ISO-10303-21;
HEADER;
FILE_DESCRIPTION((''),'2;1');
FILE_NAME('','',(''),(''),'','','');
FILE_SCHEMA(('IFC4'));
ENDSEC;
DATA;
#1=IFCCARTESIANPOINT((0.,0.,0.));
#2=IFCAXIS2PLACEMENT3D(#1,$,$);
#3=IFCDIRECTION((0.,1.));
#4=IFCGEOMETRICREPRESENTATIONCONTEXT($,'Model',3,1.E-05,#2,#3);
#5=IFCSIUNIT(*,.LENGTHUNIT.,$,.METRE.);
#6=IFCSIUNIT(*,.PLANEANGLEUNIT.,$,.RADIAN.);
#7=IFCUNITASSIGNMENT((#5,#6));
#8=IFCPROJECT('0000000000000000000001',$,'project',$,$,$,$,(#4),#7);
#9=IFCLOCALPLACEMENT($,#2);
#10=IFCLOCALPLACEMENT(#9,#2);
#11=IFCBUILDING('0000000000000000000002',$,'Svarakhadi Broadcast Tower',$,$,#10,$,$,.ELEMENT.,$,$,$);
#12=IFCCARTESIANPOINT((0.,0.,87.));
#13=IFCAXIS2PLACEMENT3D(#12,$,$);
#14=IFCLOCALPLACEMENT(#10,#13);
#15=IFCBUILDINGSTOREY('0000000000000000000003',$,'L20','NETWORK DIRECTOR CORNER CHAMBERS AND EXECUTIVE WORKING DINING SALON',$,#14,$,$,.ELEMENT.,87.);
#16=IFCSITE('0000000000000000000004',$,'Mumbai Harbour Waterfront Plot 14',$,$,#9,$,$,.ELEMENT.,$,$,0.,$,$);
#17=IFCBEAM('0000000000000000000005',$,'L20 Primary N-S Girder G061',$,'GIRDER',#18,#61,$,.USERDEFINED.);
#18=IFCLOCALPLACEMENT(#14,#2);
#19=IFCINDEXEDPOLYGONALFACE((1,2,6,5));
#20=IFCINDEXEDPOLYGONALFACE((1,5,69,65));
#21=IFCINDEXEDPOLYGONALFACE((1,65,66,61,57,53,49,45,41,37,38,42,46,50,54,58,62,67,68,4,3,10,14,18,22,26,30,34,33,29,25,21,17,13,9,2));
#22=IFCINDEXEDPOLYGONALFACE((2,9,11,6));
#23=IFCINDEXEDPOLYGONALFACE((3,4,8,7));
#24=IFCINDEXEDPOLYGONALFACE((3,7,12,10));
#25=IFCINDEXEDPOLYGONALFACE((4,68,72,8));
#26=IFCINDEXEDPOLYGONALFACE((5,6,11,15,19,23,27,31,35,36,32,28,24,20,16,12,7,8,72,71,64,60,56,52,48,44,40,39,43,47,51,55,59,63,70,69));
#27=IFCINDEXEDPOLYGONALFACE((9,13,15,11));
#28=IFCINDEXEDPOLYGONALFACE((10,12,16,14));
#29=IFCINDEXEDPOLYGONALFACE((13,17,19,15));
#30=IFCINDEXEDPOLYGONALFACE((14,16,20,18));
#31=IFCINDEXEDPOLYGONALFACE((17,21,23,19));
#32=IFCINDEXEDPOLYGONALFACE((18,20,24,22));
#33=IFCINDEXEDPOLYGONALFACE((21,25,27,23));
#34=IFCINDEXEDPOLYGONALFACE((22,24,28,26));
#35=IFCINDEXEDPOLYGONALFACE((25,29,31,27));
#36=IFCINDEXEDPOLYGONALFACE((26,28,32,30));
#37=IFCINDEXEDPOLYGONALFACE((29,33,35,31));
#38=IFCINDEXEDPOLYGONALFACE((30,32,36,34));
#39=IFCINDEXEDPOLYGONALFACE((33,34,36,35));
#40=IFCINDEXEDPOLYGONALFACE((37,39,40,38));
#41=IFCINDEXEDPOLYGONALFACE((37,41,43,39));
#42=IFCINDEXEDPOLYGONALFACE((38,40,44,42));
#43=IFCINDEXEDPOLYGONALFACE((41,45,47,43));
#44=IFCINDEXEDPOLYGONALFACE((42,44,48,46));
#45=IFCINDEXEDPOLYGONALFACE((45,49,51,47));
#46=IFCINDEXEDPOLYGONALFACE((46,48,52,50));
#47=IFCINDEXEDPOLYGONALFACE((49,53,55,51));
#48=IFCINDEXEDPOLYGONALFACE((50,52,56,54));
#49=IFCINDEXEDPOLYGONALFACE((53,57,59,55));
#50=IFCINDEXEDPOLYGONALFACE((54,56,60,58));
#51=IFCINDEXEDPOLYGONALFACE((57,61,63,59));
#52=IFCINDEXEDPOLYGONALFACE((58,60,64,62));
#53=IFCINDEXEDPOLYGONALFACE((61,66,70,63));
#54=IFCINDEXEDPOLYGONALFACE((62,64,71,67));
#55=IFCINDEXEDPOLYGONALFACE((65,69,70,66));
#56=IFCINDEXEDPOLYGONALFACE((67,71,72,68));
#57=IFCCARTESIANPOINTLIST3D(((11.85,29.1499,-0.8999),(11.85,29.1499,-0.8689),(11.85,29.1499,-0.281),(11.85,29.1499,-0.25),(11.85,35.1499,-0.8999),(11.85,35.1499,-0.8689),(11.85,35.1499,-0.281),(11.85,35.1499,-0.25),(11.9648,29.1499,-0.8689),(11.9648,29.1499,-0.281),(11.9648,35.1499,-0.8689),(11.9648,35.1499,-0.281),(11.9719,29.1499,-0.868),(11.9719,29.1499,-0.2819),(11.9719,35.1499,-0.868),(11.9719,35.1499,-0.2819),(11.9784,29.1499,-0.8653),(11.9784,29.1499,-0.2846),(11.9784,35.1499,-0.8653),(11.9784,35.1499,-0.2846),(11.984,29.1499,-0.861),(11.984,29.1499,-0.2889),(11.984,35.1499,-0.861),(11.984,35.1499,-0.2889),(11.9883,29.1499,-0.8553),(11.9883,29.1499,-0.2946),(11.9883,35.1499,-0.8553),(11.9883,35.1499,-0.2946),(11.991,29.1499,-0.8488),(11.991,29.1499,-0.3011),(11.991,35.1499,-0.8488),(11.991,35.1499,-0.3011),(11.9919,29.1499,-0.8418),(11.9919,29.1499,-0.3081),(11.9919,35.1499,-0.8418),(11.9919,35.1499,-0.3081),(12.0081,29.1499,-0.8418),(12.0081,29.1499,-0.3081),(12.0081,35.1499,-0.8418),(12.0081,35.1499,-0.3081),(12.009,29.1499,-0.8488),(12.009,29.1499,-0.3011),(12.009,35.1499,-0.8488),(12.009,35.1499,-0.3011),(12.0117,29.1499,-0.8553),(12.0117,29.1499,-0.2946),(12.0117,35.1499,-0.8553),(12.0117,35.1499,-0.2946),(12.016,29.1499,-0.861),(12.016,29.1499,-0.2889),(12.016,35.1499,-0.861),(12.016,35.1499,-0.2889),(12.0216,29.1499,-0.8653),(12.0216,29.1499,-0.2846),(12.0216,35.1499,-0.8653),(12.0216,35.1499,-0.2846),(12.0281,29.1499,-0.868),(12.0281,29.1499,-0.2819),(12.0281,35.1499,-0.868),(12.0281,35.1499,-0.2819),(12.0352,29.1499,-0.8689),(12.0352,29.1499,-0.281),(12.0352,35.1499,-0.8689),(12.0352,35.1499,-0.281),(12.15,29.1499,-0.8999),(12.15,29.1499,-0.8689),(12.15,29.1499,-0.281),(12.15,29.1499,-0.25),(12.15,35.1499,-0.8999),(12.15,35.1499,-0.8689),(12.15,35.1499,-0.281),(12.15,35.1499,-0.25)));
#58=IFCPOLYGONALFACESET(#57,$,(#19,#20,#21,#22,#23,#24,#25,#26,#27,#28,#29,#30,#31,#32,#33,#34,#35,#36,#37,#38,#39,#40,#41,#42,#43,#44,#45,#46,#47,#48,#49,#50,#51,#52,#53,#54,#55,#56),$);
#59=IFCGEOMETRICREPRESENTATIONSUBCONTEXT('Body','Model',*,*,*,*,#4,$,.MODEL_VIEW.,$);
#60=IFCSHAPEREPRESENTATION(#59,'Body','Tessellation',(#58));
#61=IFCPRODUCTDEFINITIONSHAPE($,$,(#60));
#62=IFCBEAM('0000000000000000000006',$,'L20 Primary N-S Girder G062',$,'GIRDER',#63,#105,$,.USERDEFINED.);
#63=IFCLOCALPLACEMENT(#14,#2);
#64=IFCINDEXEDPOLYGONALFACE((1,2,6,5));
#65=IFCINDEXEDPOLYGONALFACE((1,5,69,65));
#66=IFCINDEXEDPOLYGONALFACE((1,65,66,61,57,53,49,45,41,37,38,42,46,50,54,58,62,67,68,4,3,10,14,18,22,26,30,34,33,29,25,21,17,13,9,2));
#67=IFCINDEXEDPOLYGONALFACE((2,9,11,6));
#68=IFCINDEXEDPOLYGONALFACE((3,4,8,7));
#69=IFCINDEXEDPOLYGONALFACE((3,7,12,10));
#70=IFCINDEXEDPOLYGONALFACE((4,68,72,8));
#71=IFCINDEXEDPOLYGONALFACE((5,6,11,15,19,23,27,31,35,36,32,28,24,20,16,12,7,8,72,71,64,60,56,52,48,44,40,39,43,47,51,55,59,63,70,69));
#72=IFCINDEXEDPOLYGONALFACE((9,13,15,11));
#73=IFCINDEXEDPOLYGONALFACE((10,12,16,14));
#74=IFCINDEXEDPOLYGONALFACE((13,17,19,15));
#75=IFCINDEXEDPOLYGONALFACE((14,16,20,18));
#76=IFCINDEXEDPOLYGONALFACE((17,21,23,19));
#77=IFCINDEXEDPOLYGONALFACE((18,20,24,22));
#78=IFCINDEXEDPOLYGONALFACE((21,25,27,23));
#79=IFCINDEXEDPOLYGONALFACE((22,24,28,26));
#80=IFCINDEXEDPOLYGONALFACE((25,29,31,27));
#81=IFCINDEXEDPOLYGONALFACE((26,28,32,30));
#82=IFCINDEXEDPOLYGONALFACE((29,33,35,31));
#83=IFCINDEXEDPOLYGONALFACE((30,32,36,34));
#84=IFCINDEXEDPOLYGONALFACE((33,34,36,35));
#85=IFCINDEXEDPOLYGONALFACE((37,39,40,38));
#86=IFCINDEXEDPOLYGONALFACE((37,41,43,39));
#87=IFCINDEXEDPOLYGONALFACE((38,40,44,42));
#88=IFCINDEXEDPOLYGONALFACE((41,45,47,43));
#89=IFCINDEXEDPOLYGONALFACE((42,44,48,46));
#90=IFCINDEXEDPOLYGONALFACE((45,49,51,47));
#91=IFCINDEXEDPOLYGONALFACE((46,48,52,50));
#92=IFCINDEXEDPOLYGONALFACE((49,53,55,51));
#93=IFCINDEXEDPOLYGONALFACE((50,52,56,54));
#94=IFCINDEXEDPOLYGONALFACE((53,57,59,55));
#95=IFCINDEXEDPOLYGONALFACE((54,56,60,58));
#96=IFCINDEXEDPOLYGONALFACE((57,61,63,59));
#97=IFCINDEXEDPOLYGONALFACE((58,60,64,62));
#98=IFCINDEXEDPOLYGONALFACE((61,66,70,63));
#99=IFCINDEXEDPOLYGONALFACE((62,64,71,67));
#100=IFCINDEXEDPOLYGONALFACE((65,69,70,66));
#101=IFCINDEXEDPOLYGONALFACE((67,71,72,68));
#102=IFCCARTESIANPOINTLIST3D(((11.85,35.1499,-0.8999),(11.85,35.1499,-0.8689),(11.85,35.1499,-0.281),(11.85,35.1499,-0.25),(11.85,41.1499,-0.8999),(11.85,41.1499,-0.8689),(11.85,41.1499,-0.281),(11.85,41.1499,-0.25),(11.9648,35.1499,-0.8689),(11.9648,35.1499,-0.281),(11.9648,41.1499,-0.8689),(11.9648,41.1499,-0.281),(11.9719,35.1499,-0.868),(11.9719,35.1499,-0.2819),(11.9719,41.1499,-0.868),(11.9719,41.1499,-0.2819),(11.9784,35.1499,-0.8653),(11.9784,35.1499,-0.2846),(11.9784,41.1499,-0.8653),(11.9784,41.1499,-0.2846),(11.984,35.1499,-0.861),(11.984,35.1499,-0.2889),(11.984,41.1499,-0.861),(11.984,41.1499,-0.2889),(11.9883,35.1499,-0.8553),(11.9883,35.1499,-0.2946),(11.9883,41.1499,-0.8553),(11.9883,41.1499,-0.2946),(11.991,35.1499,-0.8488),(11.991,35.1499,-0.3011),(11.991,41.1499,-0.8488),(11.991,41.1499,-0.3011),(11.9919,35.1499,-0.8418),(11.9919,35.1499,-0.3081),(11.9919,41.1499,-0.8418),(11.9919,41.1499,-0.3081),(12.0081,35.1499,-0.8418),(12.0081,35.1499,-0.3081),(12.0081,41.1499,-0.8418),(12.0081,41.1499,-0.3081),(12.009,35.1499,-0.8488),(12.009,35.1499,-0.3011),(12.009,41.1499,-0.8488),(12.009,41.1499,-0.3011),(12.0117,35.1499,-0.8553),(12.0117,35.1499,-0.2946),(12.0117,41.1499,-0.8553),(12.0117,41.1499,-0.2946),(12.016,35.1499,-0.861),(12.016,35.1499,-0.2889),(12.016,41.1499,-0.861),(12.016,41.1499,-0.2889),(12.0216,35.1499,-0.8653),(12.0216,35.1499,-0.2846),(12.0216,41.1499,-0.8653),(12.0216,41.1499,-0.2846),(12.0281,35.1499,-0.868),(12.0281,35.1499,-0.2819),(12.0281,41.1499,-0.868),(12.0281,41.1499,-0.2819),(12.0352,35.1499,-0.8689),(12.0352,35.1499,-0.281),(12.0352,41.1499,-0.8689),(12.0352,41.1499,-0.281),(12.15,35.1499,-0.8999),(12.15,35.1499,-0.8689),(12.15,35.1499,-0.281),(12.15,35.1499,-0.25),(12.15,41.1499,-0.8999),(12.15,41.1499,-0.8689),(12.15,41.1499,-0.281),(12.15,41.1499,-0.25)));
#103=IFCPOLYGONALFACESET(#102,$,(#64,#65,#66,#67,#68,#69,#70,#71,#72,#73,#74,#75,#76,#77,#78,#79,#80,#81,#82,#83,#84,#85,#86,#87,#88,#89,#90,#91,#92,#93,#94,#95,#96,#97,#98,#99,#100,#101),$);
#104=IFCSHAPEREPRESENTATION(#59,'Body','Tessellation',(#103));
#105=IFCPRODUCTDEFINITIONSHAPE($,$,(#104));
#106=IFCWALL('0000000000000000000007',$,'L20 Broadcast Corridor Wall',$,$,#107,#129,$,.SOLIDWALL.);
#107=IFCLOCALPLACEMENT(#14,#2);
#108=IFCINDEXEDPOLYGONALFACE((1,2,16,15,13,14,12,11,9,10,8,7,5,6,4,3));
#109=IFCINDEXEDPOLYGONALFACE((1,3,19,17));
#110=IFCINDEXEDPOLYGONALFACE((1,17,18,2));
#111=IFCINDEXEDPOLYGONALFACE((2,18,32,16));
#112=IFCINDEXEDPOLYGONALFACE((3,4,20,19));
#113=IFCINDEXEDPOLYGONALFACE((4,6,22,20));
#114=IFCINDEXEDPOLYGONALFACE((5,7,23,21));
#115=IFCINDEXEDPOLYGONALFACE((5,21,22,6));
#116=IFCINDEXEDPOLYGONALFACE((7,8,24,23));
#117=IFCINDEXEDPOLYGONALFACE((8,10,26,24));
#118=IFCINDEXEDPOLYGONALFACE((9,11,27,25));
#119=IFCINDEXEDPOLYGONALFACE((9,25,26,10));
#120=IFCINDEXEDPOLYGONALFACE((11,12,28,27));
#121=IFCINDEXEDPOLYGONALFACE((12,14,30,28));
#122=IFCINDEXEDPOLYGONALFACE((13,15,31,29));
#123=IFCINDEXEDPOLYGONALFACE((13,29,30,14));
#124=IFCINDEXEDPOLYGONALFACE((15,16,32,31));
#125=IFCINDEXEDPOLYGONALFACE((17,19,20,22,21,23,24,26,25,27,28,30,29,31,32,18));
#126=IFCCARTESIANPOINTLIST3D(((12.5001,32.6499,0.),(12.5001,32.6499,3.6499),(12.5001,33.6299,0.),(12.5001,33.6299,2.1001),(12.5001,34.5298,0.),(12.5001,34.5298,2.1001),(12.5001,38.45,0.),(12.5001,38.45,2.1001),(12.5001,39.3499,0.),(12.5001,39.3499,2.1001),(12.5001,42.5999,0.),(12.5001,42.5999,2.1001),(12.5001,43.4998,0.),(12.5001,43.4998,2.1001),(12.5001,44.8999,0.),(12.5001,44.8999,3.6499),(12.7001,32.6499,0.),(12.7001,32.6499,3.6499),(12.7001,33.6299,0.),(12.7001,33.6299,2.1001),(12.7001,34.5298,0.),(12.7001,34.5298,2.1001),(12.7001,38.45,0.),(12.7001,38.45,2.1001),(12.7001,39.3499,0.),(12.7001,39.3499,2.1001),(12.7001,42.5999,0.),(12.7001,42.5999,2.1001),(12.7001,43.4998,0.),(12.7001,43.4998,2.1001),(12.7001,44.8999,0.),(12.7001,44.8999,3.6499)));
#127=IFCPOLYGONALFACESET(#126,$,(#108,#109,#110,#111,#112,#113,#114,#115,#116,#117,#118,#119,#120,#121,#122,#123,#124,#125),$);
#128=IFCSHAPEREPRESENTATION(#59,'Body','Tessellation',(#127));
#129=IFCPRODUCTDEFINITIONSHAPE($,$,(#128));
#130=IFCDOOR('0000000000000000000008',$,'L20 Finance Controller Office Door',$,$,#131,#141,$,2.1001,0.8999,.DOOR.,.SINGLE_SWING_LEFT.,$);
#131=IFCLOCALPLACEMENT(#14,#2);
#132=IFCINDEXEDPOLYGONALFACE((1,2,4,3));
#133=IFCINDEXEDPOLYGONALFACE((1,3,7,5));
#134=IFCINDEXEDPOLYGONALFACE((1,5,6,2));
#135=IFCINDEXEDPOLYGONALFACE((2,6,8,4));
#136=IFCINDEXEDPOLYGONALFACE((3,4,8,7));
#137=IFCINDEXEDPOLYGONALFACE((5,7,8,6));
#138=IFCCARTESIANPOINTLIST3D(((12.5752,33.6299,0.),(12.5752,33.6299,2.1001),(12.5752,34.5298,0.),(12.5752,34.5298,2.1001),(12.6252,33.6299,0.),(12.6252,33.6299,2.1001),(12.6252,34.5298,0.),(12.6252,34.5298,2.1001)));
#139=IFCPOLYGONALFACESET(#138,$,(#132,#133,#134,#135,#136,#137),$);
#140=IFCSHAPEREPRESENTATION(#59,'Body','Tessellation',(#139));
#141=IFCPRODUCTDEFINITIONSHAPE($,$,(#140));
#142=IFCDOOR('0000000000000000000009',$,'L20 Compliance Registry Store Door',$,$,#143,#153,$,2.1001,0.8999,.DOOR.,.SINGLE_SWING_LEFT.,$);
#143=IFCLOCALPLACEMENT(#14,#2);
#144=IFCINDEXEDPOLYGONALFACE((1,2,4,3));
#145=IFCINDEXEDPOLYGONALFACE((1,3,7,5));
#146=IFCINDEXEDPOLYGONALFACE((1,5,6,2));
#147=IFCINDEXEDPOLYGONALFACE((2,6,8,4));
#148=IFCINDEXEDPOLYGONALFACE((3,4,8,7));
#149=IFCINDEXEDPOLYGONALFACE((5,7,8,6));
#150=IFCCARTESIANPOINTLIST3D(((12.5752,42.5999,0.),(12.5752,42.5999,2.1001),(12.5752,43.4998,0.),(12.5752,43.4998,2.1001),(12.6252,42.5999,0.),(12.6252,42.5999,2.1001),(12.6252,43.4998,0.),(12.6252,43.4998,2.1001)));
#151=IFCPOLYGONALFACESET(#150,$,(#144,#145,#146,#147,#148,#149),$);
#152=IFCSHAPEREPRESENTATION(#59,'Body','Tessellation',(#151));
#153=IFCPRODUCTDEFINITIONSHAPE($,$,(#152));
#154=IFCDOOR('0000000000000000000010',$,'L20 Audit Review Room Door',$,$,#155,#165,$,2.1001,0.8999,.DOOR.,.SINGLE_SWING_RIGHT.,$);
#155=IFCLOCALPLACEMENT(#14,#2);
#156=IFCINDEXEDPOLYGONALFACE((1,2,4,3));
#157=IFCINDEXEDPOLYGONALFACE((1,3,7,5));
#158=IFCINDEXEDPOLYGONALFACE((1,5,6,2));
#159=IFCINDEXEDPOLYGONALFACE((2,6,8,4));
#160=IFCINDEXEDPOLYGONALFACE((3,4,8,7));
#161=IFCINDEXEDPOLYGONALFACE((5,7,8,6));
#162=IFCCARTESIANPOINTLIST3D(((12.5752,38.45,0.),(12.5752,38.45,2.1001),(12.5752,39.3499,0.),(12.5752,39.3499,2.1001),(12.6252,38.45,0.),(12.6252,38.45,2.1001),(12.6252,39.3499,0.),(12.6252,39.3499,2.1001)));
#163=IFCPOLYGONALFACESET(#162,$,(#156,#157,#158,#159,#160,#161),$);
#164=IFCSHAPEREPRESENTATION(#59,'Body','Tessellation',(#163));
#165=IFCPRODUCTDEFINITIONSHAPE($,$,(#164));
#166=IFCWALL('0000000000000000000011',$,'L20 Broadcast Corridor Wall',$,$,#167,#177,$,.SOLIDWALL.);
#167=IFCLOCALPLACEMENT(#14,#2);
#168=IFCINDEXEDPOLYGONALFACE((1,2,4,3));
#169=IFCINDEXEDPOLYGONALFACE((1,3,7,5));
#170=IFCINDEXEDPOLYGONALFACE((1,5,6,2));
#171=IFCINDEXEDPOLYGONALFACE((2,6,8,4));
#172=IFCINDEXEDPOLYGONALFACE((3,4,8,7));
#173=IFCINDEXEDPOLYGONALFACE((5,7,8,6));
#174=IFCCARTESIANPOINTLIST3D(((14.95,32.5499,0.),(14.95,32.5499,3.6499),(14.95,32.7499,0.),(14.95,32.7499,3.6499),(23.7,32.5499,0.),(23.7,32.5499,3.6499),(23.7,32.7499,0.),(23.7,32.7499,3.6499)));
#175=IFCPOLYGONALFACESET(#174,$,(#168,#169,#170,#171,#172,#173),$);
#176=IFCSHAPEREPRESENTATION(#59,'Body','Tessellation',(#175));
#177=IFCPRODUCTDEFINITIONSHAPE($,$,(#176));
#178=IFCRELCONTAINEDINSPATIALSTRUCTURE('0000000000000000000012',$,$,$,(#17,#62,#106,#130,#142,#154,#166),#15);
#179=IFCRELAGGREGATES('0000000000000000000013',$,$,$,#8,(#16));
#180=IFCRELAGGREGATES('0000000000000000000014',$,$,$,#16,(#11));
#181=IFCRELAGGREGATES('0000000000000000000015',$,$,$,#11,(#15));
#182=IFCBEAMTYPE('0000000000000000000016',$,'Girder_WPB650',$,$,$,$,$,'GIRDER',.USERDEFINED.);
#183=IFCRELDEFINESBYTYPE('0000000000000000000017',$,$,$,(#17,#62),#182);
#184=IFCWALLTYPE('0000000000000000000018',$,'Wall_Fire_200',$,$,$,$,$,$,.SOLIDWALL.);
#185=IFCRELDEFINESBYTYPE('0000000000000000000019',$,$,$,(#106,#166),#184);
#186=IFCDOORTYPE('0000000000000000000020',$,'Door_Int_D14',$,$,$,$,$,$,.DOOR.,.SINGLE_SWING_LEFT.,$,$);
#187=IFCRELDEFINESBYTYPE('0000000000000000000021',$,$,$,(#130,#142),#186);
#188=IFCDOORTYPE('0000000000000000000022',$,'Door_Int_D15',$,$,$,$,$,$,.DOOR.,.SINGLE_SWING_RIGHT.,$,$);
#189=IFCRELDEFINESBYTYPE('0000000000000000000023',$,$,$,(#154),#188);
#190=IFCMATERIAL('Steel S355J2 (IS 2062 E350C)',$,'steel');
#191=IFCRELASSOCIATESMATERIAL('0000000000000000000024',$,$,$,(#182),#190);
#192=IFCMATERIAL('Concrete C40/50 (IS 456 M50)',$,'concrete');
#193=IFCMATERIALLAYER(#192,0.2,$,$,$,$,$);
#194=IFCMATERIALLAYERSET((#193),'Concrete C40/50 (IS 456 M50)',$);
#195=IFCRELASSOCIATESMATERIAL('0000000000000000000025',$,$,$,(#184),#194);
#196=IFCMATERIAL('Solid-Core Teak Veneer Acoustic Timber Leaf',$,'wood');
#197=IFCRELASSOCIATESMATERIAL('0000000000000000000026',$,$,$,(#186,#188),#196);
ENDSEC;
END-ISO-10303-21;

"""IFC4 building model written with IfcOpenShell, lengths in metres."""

from ifc_helpers import new_model, si_unit, direction, frame, frame_2d, origin, origin_2d, place, context, subcontext, project, spatial, rectangle, i_section, extrude, material, layer, layer_set, material_profile, profile_set, type_object, element, fill, save


model = new_model("IFC4")

# Units and contexts
model_context = context("Model", 3, precision=1e-05, world=origin(), true_north=direction((0.0, 1.0)))
body_context = subcontext(model_context, "Body", "Model", "MODEL_VIEW")
ifc_project = project(units=[si_unit("LENGTHUNIT", "METRE"), si_unit("PLANEANGLEUNIT", "RADIAN")], contexts=[model_context])

# Site, building, storey
site_placement = place(None, origin())
site = spatial("IfcSite", under=ifc_project, at=site_placement, Name="Mumbai Harbour Waterfront Plot 14", CompositionType="ELEMENT", RefElevation=0.0)
building_placement = place(site_placement, origin())
building = spatial("IfcBuilding", under=site, at=building_placement, Name="Svarakhadi Broadcast Tower", CompositionType="ELEMENT")
storey_placement = place(building_placement, frame((0.0, 0.0, 87.0)))
storey = spatial("IfcBuildingStorey", under=building, at=storey_placement, Name="L20", Description="NETWORK DIRECTOR CORNER CHAMBERS AND EXECUTIVE WORKING DINING SALON", CompositionType="ELEMENT", Elevation=87.0)

# Beams
ifc_material_1 = material(Name="Steel S355J2 (IS 2062 E350C)", Category="steel")
ifc_material_profile_1 = material_profile(ifc_material_1, i_section(OverallWidth=0.3, OverallDepth=0.6499, WebThickness=0.0161, FlangeThickness=0.031, FilletRadius=0.0271, at=origin_2d()), Name="WPB 650x300x225")
ifc_profile_set_1 = profile_set([ifc_material_profile_1], Name="Steel S355J2 (IS 2062 E350C)")
beam_type_1 = type_object("IfcBeamType", Name="Girder_WPB650", ElementType="GIRDER", PredefinedType="USERDEFINED", material=ifc_profile_set_1)
for number, where, z_axis, x_axis, name in (
    (1, (12.0, 29.1499, -0.575), (0.0, 1.0, 0.0), (-1.0, 0.0, 0.0), "L20 Primary N-S Girder G061"),
    (2, (12.0, 35.1499, -0.575), (0.0, 1.0, 0.0), (-1.0, 0.0, 0.0), "L20 Primary N-S Girder G062"),
):
    element("IfcBeam", number, at=place(storey_placement, frame(where, z_axis=z_axis, x_axis=x_axis)), inside=storey, type_object=beam_type_1, Name=name, ObjectType="GIRDER", PredefinedType="USERDEFINED", context=body_context, shape_type="SweptSolid", body=[
        extrude(i_section(OverallWidth=0.3, OverallDepth=0.6499, WebThickness=0.0161, FlangeThickness=0.031, FilletRadius=0.0271, at=origin_2d()), origin(), (0.0, 0.0, 1.0), 6.0),
    ])

# Wall, openings, doors
ifc_material_2 = material(Name="Concrete C40/50 (IS 456 M50)", Category="concrete")
ifc_layer_1 = layer(ifc_material_2, 0.2)
ifc_layer_set_1 = layer_set([ifc_layer_1], Name="Concrete C40/50 (IS 456 M50)")
wall_type_1 = type_object("IfcWallType", Name="Wall_Fire_200", PredefinedType="SOLIDWALL", material=ifc_layer_set_1)
wall_1_placement = place(storey_placement, frame((12.6001, 32.6499, 0.0), z_axis=(0.0, 0.0, 1.0), x_axis=(0.0, 1.0, 0.0)))
wall_1 = element("IfcWall", 3, at=wall_1_placement, inside=storey, type_object=wall_type_1, Name="L20 Broadcast Corridor Wall", PredefinedType="SOLIDWALL", context=body_context, shape_type="SweptSolid", body=[
    extrude(rectangle(XDim=12.25, YDim=0.2, at=frame_2d((6.125, 0.0))), origin(), (0.0, 0.0, 1.0), 3.6499),
])
opening_1_placement = place(wall_1_placement, frame((0.98, 0.0, 0.0)))
opening_1 = element("IfcOpeningElement", 4, at=opening_1_placement, cuts=wall_1, PredefinedType="OPENING", context=body_context, shape_type="SweptSolid", body=[
    extrude(rectangle(XDim=0.8999, YDim=2.1001, at=frame_2d((0.45, 1.05))), frame((0.0, 0.1099, 0.0), z_axis=(0.0, -1.0, 0.0), x_axis=(1.0, 0.0, 0.0)), (0.0, 0.0, 1.0), 0.22),
])
opening_2_placement = place(wall_1_placement, frame((5.8, 0.0, 0.0)))
opening_2 = element("IfcOpeningElement", 5, at=opening_2_placement, cuts=wall_1, PredefinedType="OPENING", context=body_context, shape_type="SweptSolid", body=[
    extrude(rectangle(XDim=0.8999, YDim=2.1001, at=frame_2d((0.45, 1.05))), frame((0.0, 0.1099, 0.0), z_axis=(0.0, -1.0, 0.0), x_axis=(1.0, 0.0, 0.0)), (0.0, 0.0, 1.0), 0.22),
])
opening_3_placement = place(wall_1_placement, frame((9.95, 0.0, 0.0)))
opening_3 = element("IfcOpeningElement", 6, at=opening_3_placement, cuts=wall_1, PredefinedType="OPENING", context=body_context, shape_type="SweptSolid", body=[
    extrude(rectangle(XDim=0.8999, YDim=2.1001, at=frame_2d((0.45, 1.05))), frame((0.0, 0.1099, 0.0), z_axis=(0.0, -1.0, 0.0), x_axis=(1.0, 0.0, 0.0)), (0.0, 0.0, 1.0), 0.22),
])
ifc_material_3 = material(Name="Solid-Core Teak Veneer Acoustic Timber Leaf", Category="wood")
door_type_1 = type_object("IfcDoorType", Name="Door_Int_D14", OperationType="SINGLE_SWING_LEFT", PredefinedType="DOOR", material=ifc_material_3)
door_1_placement = place(opening_1_placement, origin())
door_1 = element("IfcDoor", 7, at=door_1_placement, inside=storey, type_object=door_type_1, Name="L20 Finance Controller Office Door", OperationType="SINGLE_SWING_LEFT", OverallHeight=2.1001, OverallWidth=0.8999, PredefinedType="DOOR", context=body_context, shape_type="SweptSolid", body=[
    extrude(rectangle(XDim=0.8999, YDim=2.1001, at=frame_2d((0.45, 1.05))), frame((0.0, 0.0249, 0.0), z_axis=(0.0, -1.0, 0.0), x_axis=(1.0, 0.0, 0.0)), (0.0, 0.0, 1.0), 0.05),
])
fill(opening_1, door_1)
door_2_placement = place(opening_3_placement, origin())
door_2 = element("IfcDoor", 8, at=door_2_placement, inside=storey, type_object=door_type_1, Name="L20 Compliance Registry Store Door", OperationType="SINGLE_SWING_LEFT", OverallHeight=2.1001, OverallWidth=0.8999, PredefinedType="DOOR", context=body_context, shape_type="SweptSolid", body=[
    extrude(rectangle(XDim=0.8999, YDim=2.1001, at=frame_2d((0.45, 1.05))), frame((0.0, 0.0249, 0.0), z_axis=(0.0, -1.0, 0.0), x_axis=(1.0, 0.0, 0.0)), (0.0, 0.0, 1.0), 0.05),
])
fill(opening_3, door_2)
door_type_2 = type_object("IfcDoorType", Name="Door_Int_D15", OperationType="SINGLE_SWING_RIGHT", PredefinedType="DOOR", material=ifc_material_3)
door_3_placement = place(opening_2_placement, origin())
door_3 = element("IfcDoor", 9, at=door_3_placement, inside=storey, type_object=door_type_2, Name="L20 Audit Review Room Door", OperationType="SINGLE_SWING_RIGHT", OverallHeight=2.1001, OverallWidth=0.8999, PredefinedType="DOOR", context=body_context, shape_type="SweptSolid", body=[
    extrude(rectangle(XDim=0.8999, YDim=2.1001, at=frame_2d((0.45, 1.05))), frame((0.0, 0.0249, 0.0), z_axis=(0.0, -1.0, 0.0), x_axis=(1.0, 0.0, 0.0)), (0.0, 0.0, 1.0), 0.05),
])
fill(opening_2, door_3)

# Wall
wall_2_placement = place(storey_placement, frame((14.95, 32.6499, 0.0), z_axis=(0.0, 0.0, 1.0), x_axis=(1.0, 0.0, 0.0)))
element("IfcWall", 10, at=wall_2_placement, inside=storey, type_object=wall_type_1, Name="L20 Broadcast Corridor Wall", PredefinedType="SOLIDWALL", context=body_context, shape_type="SweptSolid", body=[
    extrude(rectangle(XDim=8.75, YDim=0.2, at=frame_2d((4.375, 0.0))), origin(), (0.0, 0.0, 1.0), 3.6499),
])

save(model, "model.ifc")
